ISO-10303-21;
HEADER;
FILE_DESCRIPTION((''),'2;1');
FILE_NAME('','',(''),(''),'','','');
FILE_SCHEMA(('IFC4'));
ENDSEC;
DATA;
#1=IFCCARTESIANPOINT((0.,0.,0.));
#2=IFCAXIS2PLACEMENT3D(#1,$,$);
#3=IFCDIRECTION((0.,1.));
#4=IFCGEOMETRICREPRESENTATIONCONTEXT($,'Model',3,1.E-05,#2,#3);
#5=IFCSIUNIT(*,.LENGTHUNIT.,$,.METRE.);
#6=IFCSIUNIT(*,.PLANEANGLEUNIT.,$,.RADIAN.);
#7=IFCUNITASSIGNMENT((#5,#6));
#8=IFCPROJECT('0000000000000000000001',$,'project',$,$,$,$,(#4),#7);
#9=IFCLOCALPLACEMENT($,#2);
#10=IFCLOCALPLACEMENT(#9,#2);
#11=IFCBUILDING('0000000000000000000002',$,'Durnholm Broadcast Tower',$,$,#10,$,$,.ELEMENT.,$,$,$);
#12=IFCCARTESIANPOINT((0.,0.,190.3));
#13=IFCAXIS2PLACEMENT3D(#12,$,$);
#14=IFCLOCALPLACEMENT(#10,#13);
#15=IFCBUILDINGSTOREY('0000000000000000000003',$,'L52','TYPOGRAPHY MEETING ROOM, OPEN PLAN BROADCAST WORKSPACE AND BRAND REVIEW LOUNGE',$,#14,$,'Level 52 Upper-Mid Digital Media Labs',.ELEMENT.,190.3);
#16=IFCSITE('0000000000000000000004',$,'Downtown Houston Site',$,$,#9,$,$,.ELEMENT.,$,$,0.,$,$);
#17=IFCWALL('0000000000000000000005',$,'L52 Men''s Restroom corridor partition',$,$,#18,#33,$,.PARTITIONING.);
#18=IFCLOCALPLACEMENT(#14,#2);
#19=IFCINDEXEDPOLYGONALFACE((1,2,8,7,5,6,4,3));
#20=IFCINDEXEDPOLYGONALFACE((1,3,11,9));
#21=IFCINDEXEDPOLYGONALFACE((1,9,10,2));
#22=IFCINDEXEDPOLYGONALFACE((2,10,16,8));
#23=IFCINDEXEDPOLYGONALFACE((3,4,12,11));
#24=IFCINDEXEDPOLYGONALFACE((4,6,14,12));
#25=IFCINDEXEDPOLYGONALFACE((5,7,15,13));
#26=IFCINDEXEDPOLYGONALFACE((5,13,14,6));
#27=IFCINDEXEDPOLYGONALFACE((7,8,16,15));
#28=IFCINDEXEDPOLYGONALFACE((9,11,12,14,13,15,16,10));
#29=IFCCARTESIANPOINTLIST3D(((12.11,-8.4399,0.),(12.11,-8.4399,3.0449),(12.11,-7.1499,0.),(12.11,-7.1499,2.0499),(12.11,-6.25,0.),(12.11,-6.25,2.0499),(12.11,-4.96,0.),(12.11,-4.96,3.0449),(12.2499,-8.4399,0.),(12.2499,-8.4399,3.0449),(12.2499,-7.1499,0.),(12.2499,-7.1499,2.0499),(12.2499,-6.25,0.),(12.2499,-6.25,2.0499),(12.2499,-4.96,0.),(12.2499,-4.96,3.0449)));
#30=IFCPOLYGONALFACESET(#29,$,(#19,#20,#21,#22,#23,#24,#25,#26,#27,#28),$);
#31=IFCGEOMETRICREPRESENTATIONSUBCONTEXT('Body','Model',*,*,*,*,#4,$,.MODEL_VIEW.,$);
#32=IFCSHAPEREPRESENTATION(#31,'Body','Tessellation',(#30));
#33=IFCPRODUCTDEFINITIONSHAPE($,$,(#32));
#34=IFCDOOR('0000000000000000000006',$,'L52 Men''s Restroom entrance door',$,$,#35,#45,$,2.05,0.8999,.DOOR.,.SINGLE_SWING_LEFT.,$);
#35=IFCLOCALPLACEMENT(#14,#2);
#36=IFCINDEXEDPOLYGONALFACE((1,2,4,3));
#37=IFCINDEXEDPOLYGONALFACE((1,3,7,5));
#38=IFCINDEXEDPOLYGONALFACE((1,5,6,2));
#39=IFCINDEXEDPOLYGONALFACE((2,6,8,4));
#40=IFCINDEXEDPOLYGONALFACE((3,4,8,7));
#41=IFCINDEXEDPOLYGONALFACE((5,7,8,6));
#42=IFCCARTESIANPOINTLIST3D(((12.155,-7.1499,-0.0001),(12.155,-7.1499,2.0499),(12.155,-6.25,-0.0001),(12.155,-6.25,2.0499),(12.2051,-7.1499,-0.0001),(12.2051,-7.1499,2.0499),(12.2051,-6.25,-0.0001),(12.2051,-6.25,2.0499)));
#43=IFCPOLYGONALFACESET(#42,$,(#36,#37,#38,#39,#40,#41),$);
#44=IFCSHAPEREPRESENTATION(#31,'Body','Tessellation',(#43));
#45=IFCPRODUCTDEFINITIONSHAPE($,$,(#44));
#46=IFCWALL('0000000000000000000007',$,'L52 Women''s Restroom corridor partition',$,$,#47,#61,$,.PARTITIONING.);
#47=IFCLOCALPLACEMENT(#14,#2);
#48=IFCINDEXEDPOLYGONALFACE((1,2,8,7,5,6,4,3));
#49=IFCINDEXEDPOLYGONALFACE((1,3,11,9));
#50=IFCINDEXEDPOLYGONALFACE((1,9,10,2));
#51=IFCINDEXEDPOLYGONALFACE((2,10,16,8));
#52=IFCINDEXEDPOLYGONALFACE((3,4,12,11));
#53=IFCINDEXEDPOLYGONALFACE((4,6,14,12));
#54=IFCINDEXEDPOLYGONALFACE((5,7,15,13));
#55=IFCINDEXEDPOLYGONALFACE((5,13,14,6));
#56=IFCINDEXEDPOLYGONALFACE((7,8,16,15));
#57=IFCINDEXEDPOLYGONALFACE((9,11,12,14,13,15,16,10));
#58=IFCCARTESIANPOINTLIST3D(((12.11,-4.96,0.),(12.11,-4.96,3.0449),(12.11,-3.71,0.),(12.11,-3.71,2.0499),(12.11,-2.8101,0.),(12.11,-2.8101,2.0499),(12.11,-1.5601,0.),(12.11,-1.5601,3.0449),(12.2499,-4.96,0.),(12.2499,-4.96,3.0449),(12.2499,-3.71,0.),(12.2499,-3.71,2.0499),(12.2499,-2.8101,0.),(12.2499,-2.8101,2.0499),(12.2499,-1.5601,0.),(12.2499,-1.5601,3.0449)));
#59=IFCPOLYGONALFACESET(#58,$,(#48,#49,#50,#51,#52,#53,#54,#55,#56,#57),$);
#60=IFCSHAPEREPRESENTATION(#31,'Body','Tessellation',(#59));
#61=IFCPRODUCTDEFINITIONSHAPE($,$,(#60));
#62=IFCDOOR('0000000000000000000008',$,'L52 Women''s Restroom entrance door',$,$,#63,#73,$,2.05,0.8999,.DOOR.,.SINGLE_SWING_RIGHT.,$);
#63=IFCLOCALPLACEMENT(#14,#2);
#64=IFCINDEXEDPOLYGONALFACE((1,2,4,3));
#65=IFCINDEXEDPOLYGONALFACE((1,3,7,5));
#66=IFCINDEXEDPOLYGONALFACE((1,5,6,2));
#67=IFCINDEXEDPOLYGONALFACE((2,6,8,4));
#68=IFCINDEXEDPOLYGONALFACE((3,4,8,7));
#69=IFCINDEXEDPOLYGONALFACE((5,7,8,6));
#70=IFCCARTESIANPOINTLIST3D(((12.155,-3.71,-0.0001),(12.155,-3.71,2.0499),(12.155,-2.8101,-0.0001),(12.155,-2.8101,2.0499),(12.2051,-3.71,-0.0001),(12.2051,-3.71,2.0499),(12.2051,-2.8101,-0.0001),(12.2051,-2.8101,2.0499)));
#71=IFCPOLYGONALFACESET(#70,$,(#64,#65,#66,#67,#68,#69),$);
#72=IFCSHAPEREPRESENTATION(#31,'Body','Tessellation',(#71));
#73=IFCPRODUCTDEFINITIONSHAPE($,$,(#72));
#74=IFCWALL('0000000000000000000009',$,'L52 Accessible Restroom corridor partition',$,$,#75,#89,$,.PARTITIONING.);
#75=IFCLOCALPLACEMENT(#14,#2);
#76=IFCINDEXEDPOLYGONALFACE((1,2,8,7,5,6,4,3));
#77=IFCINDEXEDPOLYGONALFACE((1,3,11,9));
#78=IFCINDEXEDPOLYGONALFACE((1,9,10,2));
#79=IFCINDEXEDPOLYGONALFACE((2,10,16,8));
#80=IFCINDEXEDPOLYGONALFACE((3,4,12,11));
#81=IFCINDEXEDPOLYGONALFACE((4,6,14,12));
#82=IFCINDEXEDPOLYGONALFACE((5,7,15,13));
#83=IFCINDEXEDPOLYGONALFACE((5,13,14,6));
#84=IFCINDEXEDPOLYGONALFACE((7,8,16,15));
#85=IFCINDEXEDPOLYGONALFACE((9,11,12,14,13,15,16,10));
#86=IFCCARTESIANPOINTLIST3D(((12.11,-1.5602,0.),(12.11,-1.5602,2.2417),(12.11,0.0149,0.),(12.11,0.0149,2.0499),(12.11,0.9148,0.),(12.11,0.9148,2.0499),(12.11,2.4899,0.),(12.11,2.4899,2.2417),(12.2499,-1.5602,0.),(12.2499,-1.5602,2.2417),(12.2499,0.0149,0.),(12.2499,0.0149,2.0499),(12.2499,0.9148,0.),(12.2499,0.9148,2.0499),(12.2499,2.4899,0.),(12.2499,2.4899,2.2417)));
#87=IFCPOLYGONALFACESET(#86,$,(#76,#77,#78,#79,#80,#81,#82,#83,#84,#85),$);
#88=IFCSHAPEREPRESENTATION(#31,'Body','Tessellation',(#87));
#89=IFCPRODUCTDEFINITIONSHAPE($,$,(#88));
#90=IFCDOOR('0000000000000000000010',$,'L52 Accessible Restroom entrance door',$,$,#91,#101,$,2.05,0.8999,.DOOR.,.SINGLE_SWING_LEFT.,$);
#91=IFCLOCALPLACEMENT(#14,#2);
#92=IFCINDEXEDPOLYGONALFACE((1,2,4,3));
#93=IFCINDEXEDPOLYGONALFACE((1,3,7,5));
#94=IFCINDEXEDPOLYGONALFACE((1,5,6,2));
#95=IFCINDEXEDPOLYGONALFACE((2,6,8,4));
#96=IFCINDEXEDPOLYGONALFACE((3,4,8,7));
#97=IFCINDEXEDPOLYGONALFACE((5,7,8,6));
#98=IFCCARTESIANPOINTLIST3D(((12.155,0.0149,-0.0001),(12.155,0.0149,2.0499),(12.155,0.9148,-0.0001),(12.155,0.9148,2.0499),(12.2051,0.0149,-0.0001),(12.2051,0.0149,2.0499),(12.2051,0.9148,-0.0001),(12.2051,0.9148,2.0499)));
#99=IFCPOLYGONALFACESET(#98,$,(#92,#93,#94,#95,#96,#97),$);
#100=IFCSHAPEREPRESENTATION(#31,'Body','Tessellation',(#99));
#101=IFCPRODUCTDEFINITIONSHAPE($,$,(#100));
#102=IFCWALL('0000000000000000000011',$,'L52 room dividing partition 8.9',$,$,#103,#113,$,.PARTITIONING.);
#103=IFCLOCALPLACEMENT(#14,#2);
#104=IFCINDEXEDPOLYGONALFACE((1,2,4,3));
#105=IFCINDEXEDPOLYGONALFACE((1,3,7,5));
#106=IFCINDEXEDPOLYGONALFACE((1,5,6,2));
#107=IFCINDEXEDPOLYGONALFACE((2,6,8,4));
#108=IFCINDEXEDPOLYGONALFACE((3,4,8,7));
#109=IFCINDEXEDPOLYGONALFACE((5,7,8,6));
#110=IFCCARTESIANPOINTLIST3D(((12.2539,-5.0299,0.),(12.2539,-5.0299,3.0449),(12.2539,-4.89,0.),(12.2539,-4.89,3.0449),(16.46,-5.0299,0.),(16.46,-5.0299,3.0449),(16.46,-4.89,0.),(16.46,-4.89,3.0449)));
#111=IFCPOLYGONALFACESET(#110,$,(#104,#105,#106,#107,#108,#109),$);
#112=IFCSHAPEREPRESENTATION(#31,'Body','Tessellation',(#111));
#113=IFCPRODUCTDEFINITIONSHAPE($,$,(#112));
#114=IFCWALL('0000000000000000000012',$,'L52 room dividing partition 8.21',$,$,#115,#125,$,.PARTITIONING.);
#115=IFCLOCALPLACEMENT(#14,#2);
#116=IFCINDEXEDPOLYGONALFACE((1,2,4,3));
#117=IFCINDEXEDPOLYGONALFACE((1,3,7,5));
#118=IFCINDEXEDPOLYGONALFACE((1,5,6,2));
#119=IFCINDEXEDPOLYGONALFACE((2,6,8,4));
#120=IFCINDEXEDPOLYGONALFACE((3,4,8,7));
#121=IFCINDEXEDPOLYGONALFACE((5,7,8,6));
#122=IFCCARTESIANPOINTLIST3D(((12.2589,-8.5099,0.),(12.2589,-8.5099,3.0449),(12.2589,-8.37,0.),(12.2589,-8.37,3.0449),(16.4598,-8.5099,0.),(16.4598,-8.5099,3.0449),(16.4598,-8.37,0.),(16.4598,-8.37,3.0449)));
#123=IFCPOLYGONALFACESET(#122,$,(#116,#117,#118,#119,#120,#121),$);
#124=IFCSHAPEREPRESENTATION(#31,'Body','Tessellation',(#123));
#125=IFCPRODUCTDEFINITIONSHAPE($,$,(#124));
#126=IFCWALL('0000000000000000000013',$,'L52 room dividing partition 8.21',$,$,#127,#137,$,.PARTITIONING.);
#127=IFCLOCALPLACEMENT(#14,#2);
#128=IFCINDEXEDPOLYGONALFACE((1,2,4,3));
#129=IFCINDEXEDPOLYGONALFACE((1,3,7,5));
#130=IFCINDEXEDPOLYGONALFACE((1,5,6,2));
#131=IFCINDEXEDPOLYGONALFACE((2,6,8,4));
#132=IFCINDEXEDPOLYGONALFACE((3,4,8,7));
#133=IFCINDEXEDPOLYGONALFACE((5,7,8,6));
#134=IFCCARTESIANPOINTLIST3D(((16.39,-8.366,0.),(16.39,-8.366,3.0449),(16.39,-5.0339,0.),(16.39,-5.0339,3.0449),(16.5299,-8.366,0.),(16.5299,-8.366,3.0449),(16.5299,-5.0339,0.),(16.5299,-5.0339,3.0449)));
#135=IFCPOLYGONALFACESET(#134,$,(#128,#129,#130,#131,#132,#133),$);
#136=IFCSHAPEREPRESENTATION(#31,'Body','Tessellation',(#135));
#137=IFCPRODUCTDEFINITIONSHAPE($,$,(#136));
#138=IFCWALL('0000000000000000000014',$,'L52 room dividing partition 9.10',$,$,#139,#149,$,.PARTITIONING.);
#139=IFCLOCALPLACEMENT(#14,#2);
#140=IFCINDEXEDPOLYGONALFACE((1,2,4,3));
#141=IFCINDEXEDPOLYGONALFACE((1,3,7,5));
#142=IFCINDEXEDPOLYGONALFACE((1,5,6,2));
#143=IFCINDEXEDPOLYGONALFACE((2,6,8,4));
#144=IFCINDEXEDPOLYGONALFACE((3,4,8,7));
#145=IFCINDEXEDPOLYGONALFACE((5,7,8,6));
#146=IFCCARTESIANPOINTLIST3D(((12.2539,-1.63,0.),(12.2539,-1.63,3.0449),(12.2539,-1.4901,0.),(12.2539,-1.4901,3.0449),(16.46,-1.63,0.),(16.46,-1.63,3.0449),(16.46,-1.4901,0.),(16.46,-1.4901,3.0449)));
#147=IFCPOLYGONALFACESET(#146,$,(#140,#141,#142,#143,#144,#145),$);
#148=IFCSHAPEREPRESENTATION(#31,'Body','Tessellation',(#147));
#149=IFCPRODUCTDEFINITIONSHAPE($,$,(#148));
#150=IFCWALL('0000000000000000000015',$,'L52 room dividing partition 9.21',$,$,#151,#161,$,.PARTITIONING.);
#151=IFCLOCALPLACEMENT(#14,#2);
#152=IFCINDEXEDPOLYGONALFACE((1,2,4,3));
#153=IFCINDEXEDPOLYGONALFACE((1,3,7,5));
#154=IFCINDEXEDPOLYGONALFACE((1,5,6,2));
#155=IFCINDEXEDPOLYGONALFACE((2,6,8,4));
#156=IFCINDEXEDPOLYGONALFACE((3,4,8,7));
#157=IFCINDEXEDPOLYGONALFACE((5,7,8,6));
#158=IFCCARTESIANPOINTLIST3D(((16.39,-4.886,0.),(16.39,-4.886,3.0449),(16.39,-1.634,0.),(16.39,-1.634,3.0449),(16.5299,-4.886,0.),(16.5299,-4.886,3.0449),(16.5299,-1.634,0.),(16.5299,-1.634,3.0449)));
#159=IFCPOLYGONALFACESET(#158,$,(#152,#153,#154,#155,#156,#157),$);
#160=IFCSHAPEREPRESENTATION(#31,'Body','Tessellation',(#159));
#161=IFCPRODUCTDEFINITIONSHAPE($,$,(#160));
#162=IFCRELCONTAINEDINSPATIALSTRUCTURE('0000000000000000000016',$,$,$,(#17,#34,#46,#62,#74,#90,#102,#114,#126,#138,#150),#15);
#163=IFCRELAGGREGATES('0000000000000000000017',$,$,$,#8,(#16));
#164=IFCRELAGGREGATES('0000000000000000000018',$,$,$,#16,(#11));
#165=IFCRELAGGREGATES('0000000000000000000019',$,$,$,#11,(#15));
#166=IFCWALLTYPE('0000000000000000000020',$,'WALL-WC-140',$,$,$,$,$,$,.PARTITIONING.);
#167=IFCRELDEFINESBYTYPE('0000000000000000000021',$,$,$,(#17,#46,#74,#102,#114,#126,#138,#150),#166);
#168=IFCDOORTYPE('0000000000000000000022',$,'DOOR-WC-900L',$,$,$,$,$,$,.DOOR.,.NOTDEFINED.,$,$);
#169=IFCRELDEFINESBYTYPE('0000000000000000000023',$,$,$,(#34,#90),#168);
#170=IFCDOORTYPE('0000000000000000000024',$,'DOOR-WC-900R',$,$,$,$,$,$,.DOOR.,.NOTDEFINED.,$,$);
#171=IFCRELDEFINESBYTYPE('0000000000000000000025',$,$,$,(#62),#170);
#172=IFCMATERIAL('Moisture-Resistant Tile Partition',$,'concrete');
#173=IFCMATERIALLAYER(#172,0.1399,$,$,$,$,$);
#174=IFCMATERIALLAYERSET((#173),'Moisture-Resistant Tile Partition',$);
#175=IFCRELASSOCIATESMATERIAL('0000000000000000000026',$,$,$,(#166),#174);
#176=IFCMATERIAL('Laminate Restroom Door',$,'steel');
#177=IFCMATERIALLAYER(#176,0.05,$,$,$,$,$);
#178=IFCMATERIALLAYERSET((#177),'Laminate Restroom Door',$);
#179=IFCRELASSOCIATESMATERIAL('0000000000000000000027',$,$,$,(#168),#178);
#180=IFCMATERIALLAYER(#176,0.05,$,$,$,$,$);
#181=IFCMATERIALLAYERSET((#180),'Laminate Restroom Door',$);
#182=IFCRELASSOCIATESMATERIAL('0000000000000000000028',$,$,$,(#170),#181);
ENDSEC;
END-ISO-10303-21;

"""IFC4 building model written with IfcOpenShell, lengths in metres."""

from ifc_helpers import new_model, si_unit, direction, frame, frame_2d, origin, place, context, subcontext, project, spatial, rectangle, extrude, source, transform, mapped, material, layer, layer_set, type_object, type_shapes, element, fill, save


model = new_model("IFC4")

# Units and contexts
model_context = context("Model", 3, precision=1e-05, world=origin(), true_north=direction((0.0, 1.0)))
body_context = subcontext(model_context, "Body", "Model", "MODEL_VIEW")
ifc_project = project(units=[si_unit("LENGTHUNIT", "METRE"), si_unit("PLANEANGLEUNIT", "RADIAN")], contexts=[model_context])

# Site, building, storey
site_placement = place(None, origin())
site = spatial("IfcSite", under=ifc_project, at=site_placement, Name="Downtown Houston Site", CompositionType="ELEMENT", RefElevation=0.0)
building_placement = place(site_placement, origin())
building = spatial("IfcBuilding", under=site, at=building_placement, Name="Durnholm Broadcast Tower", CompositionType="ELEMENT")
storey_placement = place(building_placement, frame((0.0, 0.0, 190.3)))
storey = spatial("IfcBuildingStorey", under=building, at=storey_placement, Name="L52", Description="TYPOGRAPHY MEETING ROOM, OPEN PLAN BROADCAST WORKSPACE AND BRAND REVIEW LOUNGE", LongName="Level 52 Upper-Mid Digital Media Labs", CompositionType="ELEMENT", Elevation=190.3)

# Walls, openings, doors
ifc_material_1 = material(Name="Moisture-Resistant Tile Partition", Category="concrete")
ifc_layer_1 = layer(ifc_material_1, 0.1399)
ifc_layer_set_1 = layer_set([ifc_layer_1], Name="Moisture-Resistant Tile Partition")
wall_type_1 = type_object("IfcWallType", Name="WALL-WC-140", PredefinedType="PARTITIONING", material=ifc_layer_set_1)
wall_1_placement = place(storey_placement, frame((12.1799, -8.4399, 0.0), z_axis=(0.0, 0.0, 1.0), x_axis=(0.0, 1.0, 0.0)))
wall_1 = element("IfcWall", 1, at=wall_1_placement, inside=storey, type_object=wall_type_1, Name="L52 Men's Restroom corridor partition", PredefinedType="PARTITIONING", context=body_context, shape_type="SweptSolid", body=[
    extrude(rectangle(XDim=3.48, YDim=0.1399, at=frame_2d((1.74, 0.0))), origin(), (0.0, 0.0, 1.0), 3.0449),
])
opening_1_placement = place(wall_1_placement, frame((1.29, 0.0, 0.0)))
opening_1 = element("IfcOpeningElement", 2, at=opening_1_placement, cuts=wall_1, PredefinedType="OPENING", context=body_context, shape_type="SweptSolid", body=[
    extrude(rectangle(XDim=0.8999, YDim=2.05, at=frame_2d((0.45, 1.0249))), frame((0.0, 0.0801, 0.0), z_axis=(0.0, -1.0, 0.0), x_axis=(1.0, 0.0, 0.0)), (0.0, 0.0, 1.0), 0.1599),
])
ifc_material_2 = material(Name="Laminate Restroom Door", Category="steel")
ifc_layer_2 = layer(ifc_material_2, 0.05)
ifc_layer_set_2 = layer_set([ifc_layer_2], Name="Laminate Restroom Door")
door_type_1 = type_object("IfcDoorType", Name="DOOR-WC-900L", OperationType="NOTDEFINED", PredefinedType="DOOR", material=ifc_layer_set_2)
shared_shape_1 = source(origin(), body_context, "Body", "SweptSolid", [
    extrude(rectangle(XDim=0.8999, YDim=2.05, at=frame_2d((0.45, 1.0249))), frame((0.0, 0.0249, 0.0), z_axis=(0.0, -1.0, 0.0), x_axis=(1.0, 0.0, 0.0)), (0.0, 0.0, 1.0), 0.05),
])
type_shapes(door_type_1, [shared_shape_1])
door_1_placement = place(opening_1_placement, origin())
door_1 = element("IfcDoor", 3, at=door_1_placement, inside=storey, type_object=door_type_1, Name="L52 Men's Restroom entrance door", OperationType="SINGLE_SWING_LEFT", OverallHeight=2.05, OverallWidth=0.8999, PredefinedType="DOOR", context=body_context, shape_type="MappedRepresentation", body=[
    mapped(shared_shape_1, transform((0.0, 0.0, 0.0), x_axis=(1.0, 0.0, 0.0), y_axis=(0.0, 1.0, 0.0), z_axis=(0.0, 0.0, 1.0), scale=1.0)),
])
fill(opening_1, door_1)
wall_2_placement = place(storey_placement, frame((12.1799, -4.96, 0.0), z_axis=(0.0, 0.0, 1.0), x_axis=(0.0, 1.0, 0.0)))
wall_2 = element("IfcWall", 4, at=wall_2_placement, inside=storey, type_object=wall_type_1, Name="L52 Women's Restroom corridor partition", PredefinedType="PARTITIONING", context=body_context, shape_type="SweptSolid", body=[
    extrude(rectangle(XDim=3.3999, YDim=0.1399, at=frame_2d((1.7, 0.0))), origin(), (0.0, 0.0, 1.0), 3.0449),
])
opening_2_placement = place(wall_2_placement, frame((1.25, 0.0, 0.0)))
opening_2 = element("IfcOpeningElement", 5, at=opening_2_placement, cuts=wall_2, PredefinedType="OPENING", context=body_context, shape_type="SweptSolid", body=[
    extrude(rectangle(XDim=0.8999, YDim=2.05, at=frame_2d((0.45, 1.0249))), frame((0.0, 0.0801, 0.0), z_axis=(0.0, -1.0, 0.0), x_axis=(1.0, 0.0, 0.0)), (0.0, 0.0, 1.0), 0.1599),
])
ifc_layer_3 = layer(ifc_material_2, 0.05)
ifc_layer_set_3 = layer_set([ifc_layer_3], Name="Laminate Restroom Door")
door_type_2 = type_object("IfcDoorType", Name="DOOR-WC-900R", OperationType="NOTDEFINED", PredefinedType="DOOR", material=ifc_layer_set_3)
shared_shape_2 = source(origin(), body_context, "Body", "SweptSolid", [
    extrude(rectangle(XDim=0.8999, YDim=2.05, at=frame_2d((0.45, 1.0249))), frame((0.0, 0.0249, 0.0), z_axis=(0.0, -1.0, 0.0), x_axis=(1.0, 0.0, 0.0)), (0.0, 0.0, 1.0), 0.05),
])
type_shapes(door_type_2, [shared_shape_2])
door_2_placement = place(opening_2_placement, origin())
door_2 = element("IfcDoor", 6, at=door_2_placement, inside=storey, type_object=door_type_2, Name="L52 Women's Restroom entrance door", OperationType="SINGLE_SWING_RIGHT", OverallHeight=2.05, OverallWidth=0.8999, PredefinedType="DOOR", context=body_context, shape_type="MappedRepresentation", body=[
    mapped(shared_shape_2, transform((0.0, 0.0, 0.0), x_axis=(1.0, 0.0, 0.0), y_axis=(0.0, 1.0, 0.0), z_axis=(0.0, 0.0, 1.0), scale=1.0)),
])
fill(opening_2, door_2)
wall_3_placement = place(storey_placement, frame((12.1799, -1.5601, 0.0), z_axis=(0.0, 0.0, 1.0), x_axis=(0.0, 1.0, 0.0)))
wall_3 = element("IfcWall", 7, at=wall_3_placement, inside=storey, type_object=wall_type_1, Name="L52 Accessible Restroom corridor partition", PredefinedType="PARTITIONING", context=body_context, shape_type="SweptSolid", body=[
    extrude(rectangle(XDim=4.05, YDim=0.1399, at=frame_2d((2.0249, 0.0))), origin(), (0.0, 0.0, 1.0), 2.2417),
])
opening_3_placement = place(wall_3_placement, frame((1.575, 0.0, 0.0)))
opening_3 = element("IfcOpeningElement", 8, at=opening_3_placement, cuts=wall_3, PredefinedType="OPENING", context=body_context, shape_type="SweptSolid", body=[
    extrude(rectangle(XDim=0.8999, YDim=2.05, at=frame_2d((0.45, 1.0249))), frame((0.0, 0.0801, 0.0), z_axis=(0.0, -1.0, 0.0), x_axis=(1.0, 0.0, 0.0)), (0.0, 0.0, 1.0), 0.1599),
])
door_3_placement = place(opening_3_placement, origin())
door_3 = element("IfcDoor", 9, at=door_3_placement, inside=storey, type_object=door_type_1, Name="L52 Accessible Restroom entrance door", OperationType="SINGLE_SWING_LEFT", OverallHeight=2.05, OverallWidth=0.8999, PredefinedType="DOOR", context=body_context, shape_type="MappedRepresentation", body=[
    mapped(shared_shape_1, transform((0.0, 0.0, 0.0), x_axis=(1.0, 0.0, 0.0), y_axis=(0.0, 1.0, 0.0), z_axis=(0.0, 0.0, 1.0), scale=1.0)),
])
fill(opening_3, door_3)

# Walls
wall_4_placement = place(storey_placement, frame((12.2539, -4.96, 0.0), z_axis=(0.0, 0.0, 1.0), x_axis=(1.0, 0.0, 0.0)))
element("IfcWall", 10, at=wall_4_placement, inside=storey, type_object=wall_type_1, Name="L52 room dividing partition 8.9", PredefinedType="PARTITIONING", context=body_context, shape_type="SweptSolid", body=[
    extrude(rectangle(XDim=4.2061, YDim=0.1399, at=frame_2d((2.103, 0.0))), origin(), (0.0, 0.0, 1.0), 3.0449),
])
wall_5_placement = place(storey_placement, frame((16.46, -8.4399, 0.0), z_axis=(0.0, 0.0, 1.0), x_axis=(-1.0, 0.0, 0.0)))
element("IfcWall", 11, at=wall_5_placement, inside=storey, type_object=wall_type_1, Name="L52 room dividing partition 8.21", PredefinedType="PARTITIONING", context=body_context, shape_type="SweptSolid", body=[
    extrude(rectangle(XDim=4.2009, YDim=0.1399, at=frame_2d((2.1006, 0.0))), origin(), (0.0, 0.0, 1.0), 3.0449),
])
wall_6_placement = place(storey_placement, frame((16.46, -5.0339, 0.0), z_axis=(0.0, 0.0, 1.0), x_axis=(0.0, -1.0, 0.0)))
element("IfcWall", 12, at=wall_6_placement, inside=storey, type_object=wall_type_1, Name="L52 room dividing partition 8.21", PredefinedType="PARTITIONING", context=body_context, shape_type="SweptSolid", body=[
    extrude(rectangle(XDim=3.332, YDim=0.1399, at=frame_2d((1.666, 0.0))), origin(), (0.0, 0.0, 1.0), 3.0449),
])
wall_7_placement = place(storey_placement, frame((12.2539, -1.5601, 0.0), z_axis=(0.0, 0.0, 1.0), x_axis=(1.0, 0.0, 0.0)))
element("IfcWall", 13, at=wall_7_placement, inside=storey, type_object=wall_type_1, Name="L52 room dividing partition 9.10", PredefinedType="PARTITIONING", context=body_context, shape_type="SweptSolid", body=[
    extrude(rectangle(XDim=4.2061, YDim=0.1399, at=frame_2d((2.103, 0.0))), origin(), (0.0, 0.0, 1.0), 3.0449),
])
wall_8_placement = place(storey_placement, frame((16.46, -1.634, 0.0), z_axis=(0.0, 0.0, 1.0), x_axis=(0.0, -1.0, 0.0)))
element("IfcWall", 14, at=wall_8_placement, inside=storey, type_object=wall_type_1, Name="L52 room dividing partition 9.21", PredefinedType="PARTITIONING", context=body_context, shape_type="SweptSolid", body=[
    extrude(rectangle(XDim=3.252, YDim=0.1399, at=frame_2d((1.626, 0.0))), origin(), (0.0, 0.0, 1.0), 3.0449),
])

save(model, "model.ifc")
